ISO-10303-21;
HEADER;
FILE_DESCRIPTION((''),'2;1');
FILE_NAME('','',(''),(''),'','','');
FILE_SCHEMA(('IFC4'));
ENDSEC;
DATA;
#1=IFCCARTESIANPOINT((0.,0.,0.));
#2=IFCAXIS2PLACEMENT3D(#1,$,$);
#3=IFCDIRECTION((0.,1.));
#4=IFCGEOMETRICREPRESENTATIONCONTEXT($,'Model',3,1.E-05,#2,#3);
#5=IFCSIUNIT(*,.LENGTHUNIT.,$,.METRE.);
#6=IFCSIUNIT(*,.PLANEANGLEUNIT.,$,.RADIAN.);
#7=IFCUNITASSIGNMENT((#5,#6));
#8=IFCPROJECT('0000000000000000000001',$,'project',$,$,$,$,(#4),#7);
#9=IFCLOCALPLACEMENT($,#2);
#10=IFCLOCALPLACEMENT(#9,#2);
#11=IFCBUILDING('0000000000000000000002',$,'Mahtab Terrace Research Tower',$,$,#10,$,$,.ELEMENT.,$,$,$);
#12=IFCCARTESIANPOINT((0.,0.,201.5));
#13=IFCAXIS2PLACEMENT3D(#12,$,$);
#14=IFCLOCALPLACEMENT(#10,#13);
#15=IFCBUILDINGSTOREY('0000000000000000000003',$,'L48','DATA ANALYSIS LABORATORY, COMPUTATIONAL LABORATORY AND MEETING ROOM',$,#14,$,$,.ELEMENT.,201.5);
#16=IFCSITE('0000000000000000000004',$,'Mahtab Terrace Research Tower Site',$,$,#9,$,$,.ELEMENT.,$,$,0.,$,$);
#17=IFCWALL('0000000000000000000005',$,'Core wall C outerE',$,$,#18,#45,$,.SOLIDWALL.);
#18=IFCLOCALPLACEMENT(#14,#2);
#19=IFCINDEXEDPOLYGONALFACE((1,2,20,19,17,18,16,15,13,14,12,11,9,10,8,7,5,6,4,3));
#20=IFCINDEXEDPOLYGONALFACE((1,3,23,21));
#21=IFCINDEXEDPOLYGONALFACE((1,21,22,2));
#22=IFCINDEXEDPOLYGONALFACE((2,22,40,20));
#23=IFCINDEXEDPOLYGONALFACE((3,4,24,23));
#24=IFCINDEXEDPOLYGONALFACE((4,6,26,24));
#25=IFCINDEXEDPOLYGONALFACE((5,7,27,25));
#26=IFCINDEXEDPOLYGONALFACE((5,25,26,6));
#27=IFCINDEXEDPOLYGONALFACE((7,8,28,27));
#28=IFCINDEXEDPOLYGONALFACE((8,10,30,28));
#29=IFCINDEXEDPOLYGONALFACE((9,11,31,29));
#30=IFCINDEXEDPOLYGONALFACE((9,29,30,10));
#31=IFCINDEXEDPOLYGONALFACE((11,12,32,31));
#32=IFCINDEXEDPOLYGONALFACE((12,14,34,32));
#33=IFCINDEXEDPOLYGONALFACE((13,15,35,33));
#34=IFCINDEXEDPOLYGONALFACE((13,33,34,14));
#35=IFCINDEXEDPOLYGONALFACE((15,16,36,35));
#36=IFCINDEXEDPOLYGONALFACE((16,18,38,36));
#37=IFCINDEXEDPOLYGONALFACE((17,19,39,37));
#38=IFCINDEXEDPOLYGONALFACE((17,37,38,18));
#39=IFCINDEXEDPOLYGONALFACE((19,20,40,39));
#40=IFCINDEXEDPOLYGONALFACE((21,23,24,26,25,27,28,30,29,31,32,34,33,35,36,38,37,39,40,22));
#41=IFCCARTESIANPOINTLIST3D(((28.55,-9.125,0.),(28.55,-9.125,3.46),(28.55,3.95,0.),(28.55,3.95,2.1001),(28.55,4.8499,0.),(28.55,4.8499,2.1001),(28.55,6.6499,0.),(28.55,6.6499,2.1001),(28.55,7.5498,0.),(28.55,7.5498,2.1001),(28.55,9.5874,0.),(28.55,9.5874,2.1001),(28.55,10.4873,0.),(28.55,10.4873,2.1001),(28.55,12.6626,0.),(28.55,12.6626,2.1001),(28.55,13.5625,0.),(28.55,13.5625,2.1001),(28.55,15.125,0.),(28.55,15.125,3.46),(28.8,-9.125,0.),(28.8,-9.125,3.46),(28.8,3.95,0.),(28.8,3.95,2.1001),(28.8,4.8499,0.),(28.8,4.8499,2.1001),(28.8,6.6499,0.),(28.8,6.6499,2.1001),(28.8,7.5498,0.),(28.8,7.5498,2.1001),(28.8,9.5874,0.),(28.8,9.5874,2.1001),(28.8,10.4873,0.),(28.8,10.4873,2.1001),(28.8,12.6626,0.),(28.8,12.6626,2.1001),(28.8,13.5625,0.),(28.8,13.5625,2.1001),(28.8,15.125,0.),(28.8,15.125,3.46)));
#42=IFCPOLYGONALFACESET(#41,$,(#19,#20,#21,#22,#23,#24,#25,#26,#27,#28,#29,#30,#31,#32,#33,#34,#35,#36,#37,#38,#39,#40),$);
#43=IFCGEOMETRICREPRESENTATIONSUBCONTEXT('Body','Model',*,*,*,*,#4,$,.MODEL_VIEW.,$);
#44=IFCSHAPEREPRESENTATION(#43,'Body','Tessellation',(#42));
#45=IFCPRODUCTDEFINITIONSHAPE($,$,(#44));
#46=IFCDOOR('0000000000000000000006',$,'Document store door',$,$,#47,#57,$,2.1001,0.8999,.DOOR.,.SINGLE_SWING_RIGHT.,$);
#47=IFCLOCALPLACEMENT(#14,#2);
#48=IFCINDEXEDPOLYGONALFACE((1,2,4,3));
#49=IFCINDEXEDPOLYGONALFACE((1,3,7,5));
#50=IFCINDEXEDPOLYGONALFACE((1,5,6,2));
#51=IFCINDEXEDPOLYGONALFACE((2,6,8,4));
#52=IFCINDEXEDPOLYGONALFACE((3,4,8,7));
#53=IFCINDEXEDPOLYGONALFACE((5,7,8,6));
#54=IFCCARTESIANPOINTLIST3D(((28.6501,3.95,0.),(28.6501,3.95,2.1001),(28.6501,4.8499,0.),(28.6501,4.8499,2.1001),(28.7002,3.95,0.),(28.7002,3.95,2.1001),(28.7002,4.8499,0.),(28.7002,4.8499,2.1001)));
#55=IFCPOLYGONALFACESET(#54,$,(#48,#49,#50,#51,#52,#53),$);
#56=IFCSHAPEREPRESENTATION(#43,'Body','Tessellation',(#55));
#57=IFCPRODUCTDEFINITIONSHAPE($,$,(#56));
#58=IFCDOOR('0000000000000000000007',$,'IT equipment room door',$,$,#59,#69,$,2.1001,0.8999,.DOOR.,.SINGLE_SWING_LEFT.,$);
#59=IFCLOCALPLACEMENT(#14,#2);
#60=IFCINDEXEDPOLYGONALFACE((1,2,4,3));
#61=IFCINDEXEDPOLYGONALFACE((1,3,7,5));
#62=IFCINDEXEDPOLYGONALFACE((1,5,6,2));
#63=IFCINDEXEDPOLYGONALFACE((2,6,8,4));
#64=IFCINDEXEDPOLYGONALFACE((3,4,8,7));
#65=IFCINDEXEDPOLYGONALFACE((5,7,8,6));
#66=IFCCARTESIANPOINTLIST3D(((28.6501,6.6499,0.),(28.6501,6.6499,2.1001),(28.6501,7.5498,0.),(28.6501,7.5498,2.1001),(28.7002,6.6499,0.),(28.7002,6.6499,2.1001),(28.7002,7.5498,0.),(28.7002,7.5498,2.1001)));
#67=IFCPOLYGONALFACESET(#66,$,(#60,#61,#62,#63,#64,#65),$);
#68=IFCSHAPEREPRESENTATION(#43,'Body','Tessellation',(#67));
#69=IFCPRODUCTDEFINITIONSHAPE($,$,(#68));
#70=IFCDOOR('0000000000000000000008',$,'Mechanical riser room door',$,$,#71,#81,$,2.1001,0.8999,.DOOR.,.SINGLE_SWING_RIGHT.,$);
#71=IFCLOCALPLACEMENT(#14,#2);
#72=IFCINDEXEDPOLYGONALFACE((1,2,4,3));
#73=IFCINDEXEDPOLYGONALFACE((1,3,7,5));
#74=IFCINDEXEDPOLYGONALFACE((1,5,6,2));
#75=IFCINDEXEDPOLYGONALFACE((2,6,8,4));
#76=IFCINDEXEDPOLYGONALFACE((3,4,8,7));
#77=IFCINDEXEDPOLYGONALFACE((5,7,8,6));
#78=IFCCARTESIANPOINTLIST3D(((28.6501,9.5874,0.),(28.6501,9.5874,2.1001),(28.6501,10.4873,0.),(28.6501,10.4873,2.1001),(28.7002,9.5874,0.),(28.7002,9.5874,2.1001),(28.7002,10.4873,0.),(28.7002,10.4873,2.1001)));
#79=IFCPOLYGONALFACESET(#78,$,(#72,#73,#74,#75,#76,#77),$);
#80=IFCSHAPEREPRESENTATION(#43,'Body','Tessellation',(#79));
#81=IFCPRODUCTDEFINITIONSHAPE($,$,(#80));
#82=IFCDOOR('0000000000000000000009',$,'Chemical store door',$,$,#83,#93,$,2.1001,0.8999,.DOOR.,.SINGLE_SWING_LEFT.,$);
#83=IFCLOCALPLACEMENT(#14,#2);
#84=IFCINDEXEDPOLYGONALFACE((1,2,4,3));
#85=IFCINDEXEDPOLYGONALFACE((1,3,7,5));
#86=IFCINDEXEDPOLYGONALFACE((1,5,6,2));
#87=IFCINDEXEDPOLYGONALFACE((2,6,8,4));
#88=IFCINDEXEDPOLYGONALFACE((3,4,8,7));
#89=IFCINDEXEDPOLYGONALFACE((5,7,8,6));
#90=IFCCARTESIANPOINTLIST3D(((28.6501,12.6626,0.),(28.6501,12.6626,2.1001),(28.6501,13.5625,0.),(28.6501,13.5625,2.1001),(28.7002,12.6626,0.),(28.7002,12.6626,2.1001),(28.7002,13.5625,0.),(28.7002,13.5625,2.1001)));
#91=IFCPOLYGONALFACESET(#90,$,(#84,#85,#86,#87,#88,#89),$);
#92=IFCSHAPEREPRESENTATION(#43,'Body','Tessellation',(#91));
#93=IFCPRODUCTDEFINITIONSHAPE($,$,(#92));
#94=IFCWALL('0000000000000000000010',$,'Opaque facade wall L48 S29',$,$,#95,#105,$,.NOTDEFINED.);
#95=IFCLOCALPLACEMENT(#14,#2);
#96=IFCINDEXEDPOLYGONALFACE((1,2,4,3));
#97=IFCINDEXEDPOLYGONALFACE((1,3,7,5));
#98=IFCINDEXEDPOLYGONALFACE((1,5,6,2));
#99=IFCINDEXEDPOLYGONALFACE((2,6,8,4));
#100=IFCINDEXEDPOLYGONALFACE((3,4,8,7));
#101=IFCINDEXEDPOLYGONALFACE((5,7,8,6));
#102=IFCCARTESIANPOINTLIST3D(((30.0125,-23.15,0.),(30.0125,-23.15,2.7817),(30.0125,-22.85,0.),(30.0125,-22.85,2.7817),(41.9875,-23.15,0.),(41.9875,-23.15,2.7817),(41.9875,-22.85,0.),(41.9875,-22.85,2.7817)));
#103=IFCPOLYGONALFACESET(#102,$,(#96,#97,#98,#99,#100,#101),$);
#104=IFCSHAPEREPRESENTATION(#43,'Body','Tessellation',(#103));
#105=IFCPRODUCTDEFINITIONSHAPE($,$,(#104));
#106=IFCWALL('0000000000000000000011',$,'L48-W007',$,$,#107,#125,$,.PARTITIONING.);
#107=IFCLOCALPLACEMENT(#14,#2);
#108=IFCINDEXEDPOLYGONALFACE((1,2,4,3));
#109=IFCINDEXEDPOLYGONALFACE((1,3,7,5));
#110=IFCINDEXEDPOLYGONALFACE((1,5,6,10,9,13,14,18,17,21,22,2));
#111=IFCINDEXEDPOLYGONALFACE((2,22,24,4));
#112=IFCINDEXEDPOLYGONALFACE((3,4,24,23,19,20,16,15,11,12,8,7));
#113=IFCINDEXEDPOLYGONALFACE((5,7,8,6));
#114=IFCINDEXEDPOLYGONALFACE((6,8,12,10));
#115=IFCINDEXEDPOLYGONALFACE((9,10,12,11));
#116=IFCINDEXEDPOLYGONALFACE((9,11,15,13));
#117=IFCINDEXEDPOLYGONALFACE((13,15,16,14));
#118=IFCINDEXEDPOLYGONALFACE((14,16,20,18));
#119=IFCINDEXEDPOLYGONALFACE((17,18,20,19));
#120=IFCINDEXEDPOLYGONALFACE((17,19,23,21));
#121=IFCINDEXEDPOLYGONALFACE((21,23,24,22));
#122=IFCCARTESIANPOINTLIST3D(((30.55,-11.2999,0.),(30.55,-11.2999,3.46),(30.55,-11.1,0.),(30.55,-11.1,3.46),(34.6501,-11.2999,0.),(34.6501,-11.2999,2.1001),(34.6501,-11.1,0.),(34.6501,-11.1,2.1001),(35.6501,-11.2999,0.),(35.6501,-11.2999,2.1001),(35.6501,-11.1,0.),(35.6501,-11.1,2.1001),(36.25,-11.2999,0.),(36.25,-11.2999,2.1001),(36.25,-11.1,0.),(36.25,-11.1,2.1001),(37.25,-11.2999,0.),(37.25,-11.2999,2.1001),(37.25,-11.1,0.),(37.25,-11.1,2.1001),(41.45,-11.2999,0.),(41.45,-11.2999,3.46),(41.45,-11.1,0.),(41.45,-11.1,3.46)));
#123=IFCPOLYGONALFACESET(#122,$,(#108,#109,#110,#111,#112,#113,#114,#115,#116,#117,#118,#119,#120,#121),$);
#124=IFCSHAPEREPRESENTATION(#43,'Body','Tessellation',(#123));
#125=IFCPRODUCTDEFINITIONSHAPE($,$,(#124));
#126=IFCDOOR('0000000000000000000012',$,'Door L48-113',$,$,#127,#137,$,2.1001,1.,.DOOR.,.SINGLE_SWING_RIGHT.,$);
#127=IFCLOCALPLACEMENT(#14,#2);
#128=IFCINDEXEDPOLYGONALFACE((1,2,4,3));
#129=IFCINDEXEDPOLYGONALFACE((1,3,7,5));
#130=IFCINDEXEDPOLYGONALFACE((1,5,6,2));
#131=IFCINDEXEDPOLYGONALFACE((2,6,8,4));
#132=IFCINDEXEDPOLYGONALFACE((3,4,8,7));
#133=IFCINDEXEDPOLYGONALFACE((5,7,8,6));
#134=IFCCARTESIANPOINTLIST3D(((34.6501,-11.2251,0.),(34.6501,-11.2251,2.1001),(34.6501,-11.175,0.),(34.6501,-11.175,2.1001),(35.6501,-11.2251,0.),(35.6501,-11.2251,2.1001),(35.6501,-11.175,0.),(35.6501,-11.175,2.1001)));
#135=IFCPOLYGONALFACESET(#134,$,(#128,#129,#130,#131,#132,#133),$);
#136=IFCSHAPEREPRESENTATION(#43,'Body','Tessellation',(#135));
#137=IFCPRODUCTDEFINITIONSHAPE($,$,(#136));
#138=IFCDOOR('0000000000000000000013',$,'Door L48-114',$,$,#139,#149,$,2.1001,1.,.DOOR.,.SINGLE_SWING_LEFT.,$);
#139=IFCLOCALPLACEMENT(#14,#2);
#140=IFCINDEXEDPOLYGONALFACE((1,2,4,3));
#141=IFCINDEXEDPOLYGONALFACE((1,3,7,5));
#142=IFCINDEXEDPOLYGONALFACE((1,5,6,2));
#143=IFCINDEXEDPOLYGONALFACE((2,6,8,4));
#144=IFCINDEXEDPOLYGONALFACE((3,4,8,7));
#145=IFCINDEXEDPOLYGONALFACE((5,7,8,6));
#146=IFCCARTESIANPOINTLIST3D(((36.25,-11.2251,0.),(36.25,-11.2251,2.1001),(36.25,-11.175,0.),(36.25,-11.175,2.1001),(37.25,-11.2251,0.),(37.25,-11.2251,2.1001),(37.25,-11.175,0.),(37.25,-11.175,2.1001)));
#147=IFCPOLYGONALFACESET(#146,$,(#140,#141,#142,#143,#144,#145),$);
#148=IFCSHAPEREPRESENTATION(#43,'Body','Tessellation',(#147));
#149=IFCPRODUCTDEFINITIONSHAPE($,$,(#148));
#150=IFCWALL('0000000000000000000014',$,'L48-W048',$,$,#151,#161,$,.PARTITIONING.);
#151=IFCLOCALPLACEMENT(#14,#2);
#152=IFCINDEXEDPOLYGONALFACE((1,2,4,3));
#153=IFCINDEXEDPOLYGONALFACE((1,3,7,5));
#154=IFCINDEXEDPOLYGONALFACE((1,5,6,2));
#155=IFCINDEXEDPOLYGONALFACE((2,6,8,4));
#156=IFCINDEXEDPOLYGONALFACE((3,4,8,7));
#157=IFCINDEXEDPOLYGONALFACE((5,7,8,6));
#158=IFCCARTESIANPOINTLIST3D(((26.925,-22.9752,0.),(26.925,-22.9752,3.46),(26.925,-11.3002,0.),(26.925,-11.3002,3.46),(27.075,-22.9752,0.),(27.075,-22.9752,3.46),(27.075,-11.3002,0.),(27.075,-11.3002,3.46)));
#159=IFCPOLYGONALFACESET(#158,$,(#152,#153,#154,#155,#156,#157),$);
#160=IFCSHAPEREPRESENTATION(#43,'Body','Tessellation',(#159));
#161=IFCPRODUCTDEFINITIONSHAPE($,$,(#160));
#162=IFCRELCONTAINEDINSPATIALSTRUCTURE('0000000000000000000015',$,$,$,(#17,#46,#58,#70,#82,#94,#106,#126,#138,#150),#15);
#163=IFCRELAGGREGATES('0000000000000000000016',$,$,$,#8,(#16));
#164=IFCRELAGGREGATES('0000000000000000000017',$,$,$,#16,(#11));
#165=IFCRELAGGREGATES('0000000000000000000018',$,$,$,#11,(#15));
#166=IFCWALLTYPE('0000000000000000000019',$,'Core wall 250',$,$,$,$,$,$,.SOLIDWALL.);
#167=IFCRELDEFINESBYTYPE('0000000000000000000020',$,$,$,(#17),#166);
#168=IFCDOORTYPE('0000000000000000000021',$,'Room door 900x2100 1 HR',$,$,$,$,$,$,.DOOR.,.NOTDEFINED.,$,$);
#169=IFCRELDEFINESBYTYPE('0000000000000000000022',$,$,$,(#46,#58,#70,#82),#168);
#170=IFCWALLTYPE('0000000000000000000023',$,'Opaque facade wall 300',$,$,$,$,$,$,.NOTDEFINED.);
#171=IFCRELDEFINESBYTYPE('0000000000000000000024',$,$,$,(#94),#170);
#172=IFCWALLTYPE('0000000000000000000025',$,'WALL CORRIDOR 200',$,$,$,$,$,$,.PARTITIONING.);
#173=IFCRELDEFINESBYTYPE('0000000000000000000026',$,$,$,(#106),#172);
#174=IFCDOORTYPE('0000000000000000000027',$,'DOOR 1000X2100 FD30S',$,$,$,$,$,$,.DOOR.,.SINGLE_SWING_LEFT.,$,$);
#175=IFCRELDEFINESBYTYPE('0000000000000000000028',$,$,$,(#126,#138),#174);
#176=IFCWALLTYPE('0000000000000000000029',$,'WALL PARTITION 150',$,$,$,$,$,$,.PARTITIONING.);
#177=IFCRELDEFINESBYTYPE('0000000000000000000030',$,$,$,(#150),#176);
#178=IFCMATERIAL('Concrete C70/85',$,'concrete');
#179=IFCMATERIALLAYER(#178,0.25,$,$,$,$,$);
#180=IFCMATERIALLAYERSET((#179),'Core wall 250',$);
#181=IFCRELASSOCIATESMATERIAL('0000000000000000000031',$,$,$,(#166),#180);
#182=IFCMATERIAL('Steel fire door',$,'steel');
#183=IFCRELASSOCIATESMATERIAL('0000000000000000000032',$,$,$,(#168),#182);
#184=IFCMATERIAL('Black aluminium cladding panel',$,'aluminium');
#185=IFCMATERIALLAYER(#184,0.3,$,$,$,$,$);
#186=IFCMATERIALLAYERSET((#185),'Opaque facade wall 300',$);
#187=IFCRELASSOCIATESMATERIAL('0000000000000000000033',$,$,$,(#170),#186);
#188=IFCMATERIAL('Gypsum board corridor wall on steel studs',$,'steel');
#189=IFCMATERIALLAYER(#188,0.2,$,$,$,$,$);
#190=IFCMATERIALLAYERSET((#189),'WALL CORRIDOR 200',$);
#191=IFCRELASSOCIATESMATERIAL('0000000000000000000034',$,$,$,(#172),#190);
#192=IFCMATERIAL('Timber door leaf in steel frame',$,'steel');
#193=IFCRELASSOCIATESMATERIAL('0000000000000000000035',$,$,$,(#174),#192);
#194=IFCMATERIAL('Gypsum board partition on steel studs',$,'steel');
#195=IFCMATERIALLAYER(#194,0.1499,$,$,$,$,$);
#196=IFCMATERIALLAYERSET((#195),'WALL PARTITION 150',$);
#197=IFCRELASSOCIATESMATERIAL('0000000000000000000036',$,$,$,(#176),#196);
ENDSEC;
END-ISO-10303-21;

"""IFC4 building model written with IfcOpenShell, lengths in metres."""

from ifc_helpers import new_model, si_unit, direction, frame, frame_2d, origin, place, context, subcontext, project, spatial, rectangle, extrude, material, layer, layer_set, type_object, element, fill, save


model = new_model("IFC4")

# Units and contexts
model_context = context("Model", 3, precision=1e-05, world=origin(), true_north=direction((0.0, 1.0)))
body_context = subcontext(model_context, "Body", "Model", "MODEL_VIEW")
ifc_project = project(units=[si_unit("LENGTHUNIT", "METRE"), si_unit("PLANEANGLEUNIT", "RADIAN")], contexts=[model_context])

# Site, building, storey
site_placement = place(None, origin())
site = spatial("IfcSite", under=ifc_project, at=site_placement, Name="Mahtab Terrace Research Tower Site", CompositionType="ELEMENT", RefElevation=0.0)
building_placement = place(site_placement, origin())
building = spatial("IfcBuilding", under=site, at=building_placement, Name="Mahtab Terrace Research Tower", CompositionType="ELEMENT")
storey_placement = place(building_placement, frame((0.0, 0.0, 201.5)))
storey = spatial("IfcBuildingStorey", under=building, at=storey_placement, Name="L48", Description="DATA ANALYSIS LABORATORY, COMPUTATIONAL LABORATORY AND MEETING ROOM", CompositionType="ELEMENT", Elevation=201.5)

# Shared definitions
ifc_material_1 = material(Name="Concrete C70/85", Category="concrete")

# Wall, openings, doors
ifc_layer_1 = layer(ifc_material_1, 0.25)
ifc_layer_set_1 = layer_set([ifc_layer_1], Name="Core wall 250")
wall_type_1 = type_object("IfcWallType", Name="Core wall 250", PredefinedType="SOLIDWALL", material=ifc_layer_set_1)
wall_1_placement = place(storey_placement, frame((28.675, -9.125, 0.0), z_axis=(0.0, 0.0, 1.0), x_axis=(0.0, 1.0, 0.0)))
wall_1 = element("IfcWall", 1, at=wall_1_placement, inside=storey, type_object=wall_type_1, Name="Core wall C outerE", PredefinedType="SOLIDWALL", context=body_context, shape_type="SweptSolid", body=[
    extrude(rectangle(XDim=24.25, YDim=0.25, at=frame_2d((12.125, 0.0))), origin(), (0.0, 0.0, 1.0), 3.46),
])
opening_1_placement = place(wall_1_placement, frame((13.075, 0.0, 0.0)))
opening_1 = element("IfcOpeningElement", 2, at=opening_1_placement, cuts=wall_1, PredefinedType="OPENING", context=body_context, shape_type="SweptSolid", body=[
    extrude(rectangle(XDim=0.8999, YDim=2.1001, at=frame_2d((0.45, 1.05))), frame((0.0, 0.135, 0.0), z_axis=(0.0, -1.0, 0.0), x_axis=(1.0, 0.0, 0.0)), (0.0, 0.0, 1.0), 0.27),
])
opening_2_placement = place(wall_1_placement, frame((15.7749, 0.0, 0.0)))
opening_2 = element("IfcOpeningElement", 3, at=opening_2_placement, cuts=wall_1, PredefinedType="OPENING", context=body_context, shape_type="SweptSolid", body=[
    extrude(rectangle(XDim=0.8999, YDim=2.1001, at=frame_2d((0.45, 1.05))), frame((0.0, 0.135, 0.0), z_axis=(0.0, -1.0, 0.0), x_axis=(1.0, 0.0, 0.0)), (0.0, 0.0, 1.0), 0.27),
])
opening_3_placement = place(wall_1_placement, frame((18.7124, 0.0, 0.0)))
opening_3 = element("IfcOpeningElement", 4, at=opening_3_placement, cuts=wall_1, PredefinedType="OPENING", context=body_context, shape_type="SweptSolid", body=[
    extrude(rectangle(XDim=0.8999, YDim=2.1001, at=frame_2d((0.45, 1.05))), frame((0.0, 0.135, 0.0), z_axis=(0.0, -1.0, 0.0), x_axis=(1.0, 0.0, 0.0)), (0.0, 0.0, 1.0), 0.27),
])
opening_4_placement = place(wall_1_placement, frame((21.7876, 0.0, 0.0)))
opening_4 = element("IfcOpeningElement", 5, at=opening_4_placement, cuts=wall_1, PredefinedType="OPENING", context=body_context, shape_type="SweptSolid", body=[
    extrude(rectangle(XDim=0.8999, YDim=2.1001, at=frame_2d((0.45, 1.05))), frame((0.0, 0.135, 0.0), z_axis=(0.0, -1.0, 0.0), x_axis=(1.0, 0.0, 0.0)), (0.0, 0.0, 1.0), 0.27),
])
ifc_material_2 = material(Name="Steel fire door", Category="steel")
door_type_1 = type_object("IfcDoorType", Name="Room door 900x2100 1 HR", OperationType="NOTDEFINED", PredefinedType="DOOR", material=ifc_material_2)
door_1_placement = place(opening_1_placement, origin())
door_1 = element("IfcDoor", 6, at=door_1_placement, inside=storey, type_object=door_type_1, Name="Document store door", OperationType="SINGLE_SWING_RIGHT", OverallHeight=2.1001, OverallWidth=0.8999, PredefinedType="DOOR", context=body_context, shape_type="SweptSolid", body=[
    extrude(rectangle(XDim=0.8999, YDim=2.1001, at=frame_2d((0.45, 1.05))), frame((0.0, 0.0249, 0.0), z_axis=(0.0, -1.0, 0.0), x_axis=(1.0, 0.0, 0.0)), (0.0, 0.0, 1.0), 0.05),
])
fill(opening_1, door_1)
door_2_placement = place(opening_2_placement, origin())
door_2 = element("IfcDoor", 7, at=door_2_placement, inside=storey, type_object=door_type_1, Name="IT equipment room door", OperationType="SINGLE_SWING_LEFT", OverallHeight=2.1001, OverallWidth=0.8999, PredefinedType="DOOR", context=body_context, shape_type="SweptSolid", body=[
    extrude(rectangle(XDim=0.8999, YDim=2.1001, at=frame_2d((0.45, 1.05))), frame((0.0, 0.0249, 0.0), z_axis=(0.0, -1.0, 0.0), x_axis=(1.0, 0.0, 0.0)), (0.0, 0.0, 1.0), 0.05),
])
fill(opening_2, door_2)
door_3_placement = place(opening_3_placement, origin())
door_3 = element("IfcDoor", 8, at=door_3_placement, inside=storey, type_object=door_type_1, Name="Mechanical riser room door", OperationType="SINGLE_SWING_RIGHT", OverallHeight=2.1001, OverallWidth=0.8999, PredefinedType="DOOR", context=body_context, shape_type="SweptSolid", body=[
    extrude(rectangle(XDim=0.8999, YDim=2.1001, at=frame_2d((0.45, 1.05))), frame((0.0, 0.0249, 0.0), z_axis=(0.0, -1.0, 0.0), x_axis=(1.0, 0.0, 0.0)), (0.0, 0.0, 1.0), 0.05),
])
fill(opening_3, door_3)
door_4_placement = place(opening_4_placement, origin())
door_4 = element("IfcDoor", 9, at=door_4_placement, inside=storey, type_object=door_type_1, Name="Chemical store door", OperationType="SINGLE_SWING_LEFT", OverallHeight=2.1001, OverallWidth=0.8999, PredefinedType="DOOR", context=body_context, shape_type="SweptSolid", body=[
    extrude(rectangle(XDim=0.8999, YDim=2.1001, at=frame_2d((0.45, 1.05))), frame((0.0, 0.0249, 0.0), z_axis=(0.0, -1.0, 0.0), x_axis=(1.0, 0.0, 0.0)), (0.0, 0.0, 1.0), 0.05),
])
fill(opening_4, door_4)

# Wall
ifc_material_3 = material(Name="Black aluminium cladding panel", Category="aluminium")
ifc_layer_2 = layer(ifc_material_3, 0.3)
ifc_layer_set_2 = layer_set([ifc_layer_2], Name="Opaque facade wall 300")
wall_type_2 = type_object("IfcWallType", Name="Opaque facade wall 300", PredefinedType="NOTDEFINED", material=ifc_layer_set_2)
wall_2_placement = place(storey_placement, frame((30.0125, -23.0, 0.0), z_axis=(0.0, 0.0, 1.0), x_axis=(1.0, 0.0, 0.0)))
element("IfcWall", 10, at=wall_2_placement, inside=storey, type_object=wall_type_2, Name="Opaque facade wall L48 S29", PredefinedType="NOTDEFINED", context=body_context, shape_type="SweptSolid", body=[
    extrude(rectangle(XDim=11.9751, YDim=0.3, at=frame_2d((5.9875, 0.0))), origin(), (0.0, 0.0, 1.0), 2.7817),
])

# Wall, openings, doors
ifc_material_4 = material(Name="Gypsum board corridor wall on steel studs", Category="steel")
ifc_layer_3 = layer(ifc_material_4, 0.2)
ifc_layer_set_3 = layer_set([ifc_layer_3], Name="WALL CORRIDOR 200")
wall_type_3 = type_object("IfcWallType", Name="WALL CORRIDOR 200", PredefinedType="PARTITIONING", material=ifc_layer_set_3)
wall_3_placement = place(storey_placement, frame((30.55, -11.2, 0.0), z_axis=(0.0, 0.0, 1.0), x_axis=(1.0, 0.0, 0.0)))
wall_3 = element("IfcWall", 11, at=wall_3_placement, inside=storey, type_object=wall_type_3, Name="L48-W007", PredefinedType="PARTITIONING", context=body_context, shape_type="SweptSolid", body=[
    extrude(rectangle(XDim=10.8999, YDim=0.2, at=frame_2d((5.45, 0.0))), origin(), (0.0, 0.0, 1.0), 3.46),
])
opening_5_placement = place(wall_3_placement, frame((4.1001, 0.0, 0.0)))
opening_5 = element("IfcOpeningElement", 12, at=opening_5_placement, cuts=wall_3, PredefinedType="OPENING", context=body_context, shape_type="SweptSolid", body=[
    extrude(rectangle(XDim=1.0, YDim=2.1001, at=frame_2d((0.5, 1.05))), frame((0.0, 0.1099, 0.0), z_axis=(0.0, -1.0, 0.0), x_axis=(1.0, 0.0, 0.0)), (0.0, 0.0, 1.0), 0.22),
])
opening_6_placement = place(wall_3_placement, frame((5.7, 0.0, 0.0)))
opening_6 = element("IfcOpeningElement", 13, at=opening_6_placement, cuts=wall_3, PredefinedType="OPENING", context=body_context, shape_type="SweptSolid", body=[
    extrude(rectangle(XDim=1.0, YDim=2.1001, at=frame_2d((0.5, 1.05))), frame((0.0, 0.1099, 0.0), z_axis=(0.0, -1.0, 0.0), x_axis=(1.0, 0.0, 0.0)), (0.0, 0.0, 1.0), 0.22),
])
ifc_material_5 = material(Name="Timber door leaf in steel frame", Category="steel")
door_type_2 = type_object("IfcDoorType", Name="DOOR 1000X2100 FD30S", OperationType="SINGLE_SWING_LEFT", PredefinedType="DOOR", material=ifc_material_5)
door_5_placement = place(opening_5_placement, origin())
door_5 = element("IfcDoor", 14, at=door_5_placement, inside=storey, type_object=door_type_2, Name="Door L48-113", OperationType="SINGLE_SWING_RIGHT", OverallHeight=2.1001, OverallWidth=1.0, PredefinedType="DOOR", context=body_context, shape_type="SweptSolid", body=[
    extrude(rectangle(XDim=1.0, YDim=2.1001, at=frame_2d((0.5, 1.05))), frame((0.0, 0.0249, 0.0), z_axis=(0.0, -1.0, 0.0), x_axis=(1.0, 0.0, 0.0)), (0.0, 0.0, 1.0), 0.05),
])
fill(opening_5, door_5)
door_6_placement = place(opening_6_placement, origin())
door_6 = element("IfcDoor", 15, at=door_6_placement, inside=storey, type_object=door_type_2, Name="Door L48-114", OperationType="SINGLE_SWING_LEFT", OverallHeight=2.1001, OverallWidth=1.0, PredefinedType="DOOR", context=body_context, shape_type="SweptSolid", body=[
    extrude(rectangle(XDim=1.0, YDim=2.1001, at=frame_2d((0.5, 1.05))), frame((0.0, 0.0249, 0.0), z_axis=(0.0, -1.0, 0.0), x_axis=(1.0, 0.0, 0.0)), (0.0, 0.0, 1.0), 0.05),
])
fill(opening_6, door_6)

# Wall
ifc_material_6 = material(Name="Gypsum board partition on steel studs", Category="steel")
ifc_layer_4 = layer(ifc_material_6, 0.1499)
ifc_layer_set_4 = layer_set([ifc_layer_4], Name="WALL PARTITION 150")
wall_type_4 = type_object("IfcWallType", Name="WALL PARTITION 150", PredefinedType="PARTITIONING", material=ifc_layer_set_4)
wall_4_placement = place(storey_placement, frame((27.0, -22.9751, 0.0), z_axis=(0.0, 0.0, 1.0), x_axis=(0.0, 1.0, 0.0)))
element("IfcWall", 16, at=wall_4_placement, inside=storey, type_object=wall_type_4, Name="L48-W048", PredefinedType="PARTITIONING", context=body_context, shape_type="SweptSolid", body=[
    extrude(rectangle(XDim=11.675, YDim=0.1499, at=frame_2d((5.8374, 0.0))), origin(), (0.0, 0.0, 1.0), 3.46),
])

save(model, "model.ifc")
